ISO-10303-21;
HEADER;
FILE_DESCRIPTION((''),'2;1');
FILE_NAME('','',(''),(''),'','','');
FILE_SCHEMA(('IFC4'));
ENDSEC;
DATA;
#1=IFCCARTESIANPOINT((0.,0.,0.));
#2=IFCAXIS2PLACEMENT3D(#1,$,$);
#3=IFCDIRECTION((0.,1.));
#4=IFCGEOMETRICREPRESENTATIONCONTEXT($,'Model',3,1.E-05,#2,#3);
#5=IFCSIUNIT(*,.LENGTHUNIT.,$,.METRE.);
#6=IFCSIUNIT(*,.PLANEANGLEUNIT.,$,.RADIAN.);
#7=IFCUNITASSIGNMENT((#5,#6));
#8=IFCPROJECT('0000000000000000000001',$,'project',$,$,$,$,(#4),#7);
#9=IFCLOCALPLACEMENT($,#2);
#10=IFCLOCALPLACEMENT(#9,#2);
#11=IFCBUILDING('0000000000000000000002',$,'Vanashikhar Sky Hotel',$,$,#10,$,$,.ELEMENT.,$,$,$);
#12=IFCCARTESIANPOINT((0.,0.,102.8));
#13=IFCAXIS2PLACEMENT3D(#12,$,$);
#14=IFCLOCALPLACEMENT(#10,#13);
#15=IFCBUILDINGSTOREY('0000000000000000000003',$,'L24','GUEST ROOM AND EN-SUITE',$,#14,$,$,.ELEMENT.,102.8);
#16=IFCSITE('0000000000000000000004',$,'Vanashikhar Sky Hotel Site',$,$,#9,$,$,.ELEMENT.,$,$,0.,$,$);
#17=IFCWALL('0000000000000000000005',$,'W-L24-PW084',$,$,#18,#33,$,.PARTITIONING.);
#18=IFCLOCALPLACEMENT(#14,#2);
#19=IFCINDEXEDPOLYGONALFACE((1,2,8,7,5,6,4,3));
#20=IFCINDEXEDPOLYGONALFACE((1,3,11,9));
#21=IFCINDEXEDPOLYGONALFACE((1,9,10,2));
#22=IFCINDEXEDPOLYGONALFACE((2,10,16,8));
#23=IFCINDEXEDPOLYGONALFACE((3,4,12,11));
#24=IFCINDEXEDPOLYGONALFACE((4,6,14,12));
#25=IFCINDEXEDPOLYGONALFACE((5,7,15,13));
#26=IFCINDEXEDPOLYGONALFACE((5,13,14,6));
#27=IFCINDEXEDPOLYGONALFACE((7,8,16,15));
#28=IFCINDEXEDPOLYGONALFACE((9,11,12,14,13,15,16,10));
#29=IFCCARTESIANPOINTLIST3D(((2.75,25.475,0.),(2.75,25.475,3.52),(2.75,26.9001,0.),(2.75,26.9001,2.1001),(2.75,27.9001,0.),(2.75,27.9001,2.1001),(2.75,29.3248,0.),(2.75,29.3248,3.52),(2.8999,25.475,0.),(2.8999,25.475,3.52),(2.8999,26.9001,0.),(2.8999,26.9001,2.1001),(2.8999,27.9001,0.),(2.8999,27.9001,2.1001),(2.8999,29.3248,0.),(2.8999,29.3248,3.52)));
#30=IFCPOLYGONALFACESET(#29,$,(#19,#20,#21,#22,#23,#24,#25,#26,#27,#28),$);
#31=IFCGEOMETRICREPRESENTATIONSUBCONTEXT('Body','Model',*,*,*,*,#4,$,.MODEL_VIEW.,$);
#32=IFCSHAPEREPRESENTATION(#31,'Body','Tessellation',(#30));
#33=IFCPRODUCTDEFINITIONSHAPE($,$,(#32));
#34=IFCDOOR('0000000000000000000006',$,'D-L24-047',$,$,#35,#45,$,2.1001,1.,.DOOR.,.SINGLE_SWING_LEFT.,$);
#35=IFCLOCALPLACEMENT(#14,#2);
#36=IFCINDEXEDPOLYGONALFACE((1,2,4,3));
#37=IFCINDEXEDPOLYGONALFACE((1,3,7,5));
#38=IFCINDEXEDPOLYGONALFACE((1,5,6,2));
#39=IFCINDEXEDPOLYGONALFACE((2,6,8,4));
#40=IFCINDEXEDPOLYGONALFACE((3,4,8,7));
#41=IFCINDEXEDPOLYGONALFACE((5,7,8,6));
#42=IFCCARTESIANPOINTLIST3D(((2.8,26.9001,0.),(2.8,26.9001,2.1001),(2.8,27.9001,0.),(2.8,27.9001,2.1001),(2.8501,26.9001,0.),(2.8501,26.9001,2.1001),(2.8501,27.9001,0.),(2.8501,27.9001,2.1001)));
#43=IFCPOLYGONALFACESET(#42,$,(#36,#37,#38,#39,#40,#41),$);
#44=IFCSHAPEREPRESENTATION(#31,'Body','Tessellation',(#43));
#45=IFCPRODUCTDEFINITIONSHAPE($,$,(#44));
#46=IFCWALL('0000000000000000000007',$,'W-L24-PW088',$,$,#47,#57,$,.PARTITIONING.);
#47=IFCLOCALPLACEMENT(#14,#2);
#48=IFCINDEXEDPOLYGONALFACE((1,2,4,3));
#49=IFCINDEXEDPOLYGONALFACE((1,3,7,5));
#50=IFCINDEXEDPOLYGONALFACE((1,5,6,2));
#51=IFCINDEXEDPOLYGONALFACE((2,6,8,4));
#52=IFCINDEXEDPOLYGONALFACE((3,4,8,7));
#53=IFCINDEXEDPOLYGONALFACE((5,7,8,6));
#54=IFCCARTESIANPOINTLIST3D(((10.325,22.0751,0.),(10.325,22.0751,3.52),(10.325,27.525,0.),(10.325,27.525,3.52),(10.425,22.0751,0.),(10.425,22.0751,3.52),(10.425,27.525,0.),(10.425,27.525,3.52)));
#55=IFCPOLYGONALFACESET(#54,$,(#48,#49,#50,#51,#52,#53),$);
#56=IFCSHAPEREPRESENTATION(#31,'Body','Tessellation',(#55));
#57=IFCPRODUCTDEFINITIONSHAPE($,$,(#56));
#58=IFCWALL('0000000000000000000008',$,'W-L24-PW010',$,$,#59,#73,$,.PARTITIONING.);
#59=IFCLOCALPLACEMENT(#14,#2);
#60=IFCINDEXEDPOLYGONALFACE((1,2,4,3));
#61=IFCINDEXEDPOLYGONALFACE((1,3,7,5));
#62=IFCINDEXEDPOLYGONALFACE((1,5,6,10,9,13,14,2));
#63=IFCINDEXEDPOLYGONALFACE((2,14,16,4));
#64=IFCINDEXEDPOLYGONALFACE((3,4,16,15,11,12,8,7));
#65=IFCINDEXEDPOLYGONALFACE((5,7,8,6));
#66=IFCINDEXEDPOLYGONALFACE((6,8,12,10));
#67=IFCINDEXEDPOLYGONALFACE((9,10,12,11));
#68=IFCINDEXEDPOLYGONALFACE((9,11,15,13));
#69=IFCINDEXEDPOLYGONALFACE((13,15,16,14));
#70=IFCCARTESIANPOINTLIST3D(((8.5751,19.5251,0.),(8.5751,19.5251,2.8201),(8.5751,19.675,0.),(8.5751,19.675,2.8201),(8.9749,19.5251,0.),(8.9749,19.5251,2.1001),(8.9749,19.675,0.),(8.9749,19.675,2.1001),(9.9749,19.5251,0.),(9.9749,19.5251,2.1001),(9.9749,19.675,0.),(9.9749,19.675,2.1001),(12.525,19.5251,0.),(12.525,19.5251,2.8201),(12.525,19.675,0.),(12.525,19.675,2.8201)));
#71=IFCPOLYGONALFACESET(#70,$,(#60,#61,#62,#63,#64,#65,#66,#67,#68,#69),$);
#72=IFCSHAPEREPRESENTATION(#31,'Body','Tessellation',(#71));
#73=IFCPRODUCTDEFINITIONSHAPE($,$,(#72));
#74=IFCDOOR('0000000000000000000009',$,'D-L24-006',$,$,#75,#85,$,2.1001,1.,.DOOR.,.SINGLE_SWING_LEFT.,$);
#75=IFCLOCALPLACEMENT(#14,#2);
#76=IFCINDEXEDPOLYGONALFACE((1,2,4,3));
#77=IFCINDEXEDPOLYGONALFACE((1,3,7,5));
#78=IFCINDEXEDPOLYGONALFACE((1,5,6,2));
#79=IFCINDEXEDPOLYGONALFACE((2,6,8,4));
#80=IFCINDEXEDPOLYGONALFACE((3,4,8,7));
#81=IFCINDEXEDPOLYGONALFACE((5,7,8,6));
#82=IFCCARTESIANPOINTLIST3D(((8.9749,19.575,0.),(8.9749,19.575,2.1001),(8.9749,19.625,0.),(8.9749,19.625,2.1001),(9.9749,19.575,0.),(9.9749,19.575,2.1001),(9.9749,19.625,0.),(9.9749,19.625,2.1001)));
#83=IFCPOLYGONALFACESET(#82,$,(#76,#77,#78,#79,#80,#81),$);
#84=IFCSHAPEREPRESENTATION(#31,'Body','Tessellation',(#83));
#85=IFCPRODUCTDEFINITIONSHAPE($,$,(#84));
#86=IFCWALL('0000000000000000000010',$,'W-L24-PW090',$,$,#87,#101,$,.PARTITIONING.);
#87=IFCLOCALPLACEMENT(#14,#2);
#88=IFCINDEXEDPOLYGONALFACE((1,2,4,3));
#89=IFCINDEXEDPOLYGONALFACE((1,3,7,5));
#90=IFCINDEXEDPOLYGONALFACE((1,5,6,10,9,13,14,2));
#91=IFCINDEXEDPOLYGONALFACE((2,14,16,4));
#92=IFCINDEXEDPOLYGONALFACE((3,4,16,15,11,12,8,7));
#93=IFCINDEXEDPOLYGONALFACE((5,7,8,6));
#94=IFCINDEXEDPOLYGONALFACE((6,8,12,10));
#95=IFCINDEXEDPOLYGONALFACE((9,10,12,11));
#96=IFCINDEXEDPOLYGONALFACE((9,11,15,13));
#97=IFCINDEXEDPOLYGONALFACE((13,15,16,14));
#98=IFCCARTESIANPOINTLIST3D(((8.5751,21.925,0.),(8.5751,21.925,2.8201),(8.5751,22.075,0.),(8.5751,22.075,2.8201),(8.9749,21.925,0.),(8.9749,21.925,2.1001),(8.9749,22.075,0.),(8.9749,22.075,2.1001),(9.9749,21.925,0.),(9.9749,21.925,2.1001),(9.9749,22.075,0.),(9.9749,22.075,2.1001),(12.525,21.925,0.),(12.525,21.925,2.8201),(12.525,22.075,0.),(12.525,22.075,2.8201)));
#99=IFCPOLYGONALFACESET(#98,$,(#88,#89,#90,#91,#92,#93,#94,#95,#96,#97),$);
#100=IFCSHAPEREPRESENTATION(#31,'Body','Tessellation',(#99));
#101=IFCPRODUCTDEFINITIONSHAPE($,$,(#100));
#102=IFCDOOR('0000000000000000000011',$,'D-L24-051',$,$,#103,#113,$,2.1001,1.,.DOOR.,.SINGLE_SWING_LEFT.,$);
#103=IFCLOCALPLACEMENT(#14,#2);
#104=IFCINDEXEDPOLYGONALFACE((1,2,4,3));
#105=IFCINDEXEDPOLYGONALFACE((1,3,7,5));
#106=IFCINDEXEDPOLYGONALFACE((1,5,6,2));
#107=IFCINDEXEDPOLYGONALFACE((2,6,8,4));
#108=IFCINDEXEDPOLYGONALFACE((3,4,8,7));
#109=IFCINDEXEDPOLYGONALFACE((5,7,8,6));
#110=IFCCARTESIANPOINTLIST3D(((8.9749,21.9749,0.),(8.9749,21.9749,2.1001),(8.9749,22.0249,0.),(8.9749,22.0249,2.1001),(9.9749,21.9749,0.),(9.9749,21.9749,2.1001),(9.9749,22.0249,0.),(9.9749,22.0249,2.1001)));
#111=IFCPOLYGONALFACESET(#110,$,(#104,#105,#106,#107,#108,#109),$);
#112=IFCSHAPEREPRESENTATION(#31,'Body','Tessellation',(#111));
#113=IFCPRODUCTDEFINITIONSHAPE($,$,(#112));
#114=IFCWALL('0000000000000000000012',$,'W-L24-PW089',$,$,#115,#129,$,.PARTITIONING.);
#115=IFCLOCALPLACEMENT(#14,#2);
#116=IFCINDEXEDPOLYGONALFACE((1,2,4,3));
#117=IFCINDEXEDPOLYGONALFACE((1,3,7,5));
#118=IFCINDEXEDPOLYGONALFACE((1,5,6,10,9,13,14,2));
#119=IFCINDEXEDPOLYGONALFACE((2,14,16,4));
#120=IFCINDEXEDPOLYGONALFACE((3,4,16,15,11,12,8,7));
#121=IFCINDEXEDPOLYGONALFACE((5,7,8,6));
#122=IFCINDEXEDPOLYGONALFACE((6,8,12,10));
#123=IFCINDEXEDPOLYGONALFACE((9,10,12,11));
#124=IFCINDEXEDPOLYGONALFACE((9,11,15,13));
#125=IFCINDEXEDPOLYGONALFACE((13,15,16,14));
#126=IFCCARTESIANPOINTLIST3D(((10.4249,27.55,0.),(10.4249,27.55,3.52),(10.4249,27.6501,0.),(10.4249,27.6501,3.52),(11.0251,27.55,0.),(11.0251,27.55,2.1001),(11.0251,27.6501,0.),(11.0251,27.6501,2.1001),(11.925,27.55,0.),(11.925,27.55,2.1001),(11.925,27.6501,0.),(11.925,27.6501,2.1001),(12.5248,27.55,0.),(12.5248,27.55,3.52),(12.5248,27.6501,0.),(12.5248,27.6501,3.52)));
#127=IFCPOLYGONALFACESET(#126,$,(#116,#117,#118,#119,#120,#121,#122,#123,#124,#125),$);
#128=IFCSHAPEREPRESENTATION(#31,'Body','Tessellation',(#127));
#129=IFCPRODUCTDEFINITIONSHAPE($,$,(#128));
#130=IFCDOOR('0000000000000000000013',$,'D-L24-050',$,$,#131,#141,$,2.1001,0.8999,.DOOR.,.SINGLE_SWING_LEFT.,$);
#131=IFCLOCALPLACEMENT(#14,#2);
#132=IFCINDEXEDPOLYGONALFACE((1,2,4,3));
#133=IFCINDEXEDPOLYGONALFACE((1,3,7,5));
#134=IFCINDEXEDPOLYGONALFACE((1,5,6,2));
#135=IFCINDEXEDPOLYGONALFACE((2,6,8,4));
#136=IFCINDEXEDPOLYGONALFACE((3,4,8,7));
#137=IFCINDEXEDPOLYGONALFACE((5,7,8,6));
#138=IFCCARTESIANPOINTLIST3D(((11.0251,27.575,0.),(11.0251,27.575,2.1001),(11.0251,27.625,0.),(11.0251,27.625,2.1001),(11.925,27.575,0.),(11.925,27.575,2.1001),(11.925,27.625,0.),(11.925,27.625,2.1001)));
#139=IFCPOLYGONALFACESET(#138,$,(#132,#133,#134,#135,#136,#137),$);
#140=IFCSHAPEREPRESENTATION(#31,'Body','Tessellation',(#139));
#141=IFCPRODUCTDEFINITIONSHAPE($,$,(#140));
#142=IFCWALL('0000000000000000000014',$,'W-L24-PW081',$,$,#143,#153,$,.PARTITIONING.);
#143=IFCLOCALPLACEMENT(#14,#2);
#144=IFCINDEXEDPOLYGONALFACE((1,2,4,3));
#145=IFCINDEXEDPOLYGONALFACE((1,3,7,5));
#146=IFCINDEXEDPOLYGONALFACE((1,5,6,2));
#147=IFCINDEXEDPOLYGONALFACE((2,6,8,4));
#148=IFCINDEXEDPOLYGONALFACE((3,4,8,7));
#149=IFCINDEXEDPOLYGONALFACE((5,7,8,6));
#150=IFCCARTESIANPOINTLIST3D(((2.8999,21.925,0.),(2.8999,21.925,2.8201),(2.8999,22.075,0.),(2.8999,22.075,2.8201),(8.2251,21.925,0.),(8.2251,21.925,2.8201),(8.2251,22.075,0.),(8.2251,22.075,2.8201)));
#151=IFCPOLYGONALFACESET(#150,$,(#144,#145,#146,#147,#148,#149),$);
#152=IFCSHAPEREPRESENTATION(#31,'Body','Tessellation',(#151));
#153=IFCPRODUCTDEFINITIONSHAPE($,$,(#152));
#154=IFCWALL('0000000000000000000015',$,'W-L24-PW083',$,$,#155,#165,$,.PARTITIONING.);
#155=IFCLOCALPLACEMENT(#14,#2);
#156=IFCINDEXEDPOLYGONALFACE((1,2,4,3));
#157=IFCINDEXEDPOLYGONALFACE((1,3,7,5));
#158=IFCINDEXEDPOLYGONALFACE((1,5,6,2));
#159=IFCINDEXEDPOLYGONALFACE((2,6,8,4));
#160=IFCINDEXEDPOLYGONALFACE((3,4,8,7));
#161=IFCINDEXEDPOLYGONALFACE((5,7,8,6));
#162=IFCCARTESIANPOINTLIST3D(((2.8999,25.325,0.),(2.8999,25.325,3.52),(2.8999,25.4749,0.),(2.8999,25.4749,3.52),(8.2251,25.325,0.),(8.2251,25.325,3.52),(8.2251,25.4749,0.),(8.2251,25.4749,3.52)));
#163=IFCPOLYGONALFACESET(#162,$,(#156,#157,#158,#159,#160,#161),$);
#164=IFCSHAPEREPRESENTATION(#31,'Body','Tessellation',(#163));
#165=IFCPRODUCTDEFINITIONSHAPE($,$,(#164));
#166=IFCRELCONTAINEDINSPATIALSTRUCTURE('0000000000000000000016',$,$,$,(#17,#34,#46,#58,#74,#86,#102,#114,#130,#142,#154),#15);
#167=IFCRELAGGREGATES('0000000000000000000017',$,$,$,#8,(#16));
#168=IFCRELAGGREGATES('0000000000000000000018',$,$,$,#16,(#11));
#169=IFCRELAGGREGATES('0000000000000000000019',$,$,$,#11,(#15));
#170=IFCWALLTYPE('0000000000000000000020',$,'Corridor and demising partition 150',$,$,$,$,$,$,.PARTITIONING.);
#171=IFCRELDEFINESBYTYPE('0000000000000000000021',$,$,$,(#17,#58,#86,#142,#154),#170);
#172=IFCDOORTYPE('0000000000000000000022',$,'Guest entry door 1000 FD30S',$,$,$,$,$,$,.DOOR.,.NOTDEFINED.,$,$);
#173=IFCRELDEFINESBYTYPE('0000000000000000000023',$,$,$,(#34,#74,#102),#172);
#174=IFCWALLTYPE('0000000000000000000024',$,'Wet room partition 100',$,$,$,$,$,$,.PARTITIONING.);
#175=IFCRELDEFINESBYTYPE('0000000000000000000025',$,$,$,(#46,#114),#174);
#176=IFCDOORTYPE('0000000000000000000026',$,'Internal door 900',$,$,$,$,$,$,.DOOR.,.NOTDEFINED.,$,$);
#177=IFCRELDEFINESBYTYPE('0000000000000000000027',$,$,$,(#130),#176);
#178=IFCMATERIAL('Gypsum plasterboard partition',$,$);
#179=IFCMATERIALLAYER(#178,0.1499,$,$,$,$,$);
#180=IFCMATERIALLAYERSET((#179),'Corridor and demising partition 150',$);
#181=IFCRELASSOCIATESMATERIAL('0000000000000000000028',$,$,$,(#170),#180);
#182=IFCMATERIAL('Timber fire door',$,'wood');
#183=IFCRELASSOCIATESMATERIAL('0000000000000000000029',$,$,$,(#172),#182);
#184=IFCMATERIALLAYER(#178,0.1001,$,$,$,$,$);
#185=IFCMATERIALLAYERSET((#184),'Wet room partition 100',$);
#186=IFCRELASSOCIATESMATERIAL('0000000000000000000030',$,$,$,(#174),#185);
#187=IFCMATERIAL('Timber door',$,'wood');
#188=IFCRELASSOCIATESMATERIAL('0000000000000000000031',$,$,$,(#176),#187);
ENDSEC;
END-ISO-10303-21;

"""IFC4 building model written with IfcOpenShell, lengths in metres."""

from ifc_helpers import new_model, si_unit, direction, frame, frame_2d, origin, place, context, subcontext, project, spatial, rectangle, extrude, source, transform, mapped, material, layer, layer_set, type_object, element, fill, save


model = new_model("IFC4")

# Units and contexts
model_context = context("Model", 3, precision=1e-05, world=origin(), true_north=direction((0.0, 1.0)))
body_context = subcontext(model_context, "Body", "Model", "MODEL_VIEW")
ifc_project = project(units=[si_unit("LENGTHUNIT", "METRE"), si_unit("PLANEANGLEUNIT", "RADIAN")], contexts=[model_context])

# Site, building, storey
site_placement = place(None, origin())
site = spatial("IfcSite", under=ifc_project, at=site_placement, Name="Vanashikhar Sky Hotel Site", CompositionType="ELEMENT", RefElevation=0.0)
building_placement = place(site_placement, origin())
building = spatial("IfcBuilding", under=site, at=building_placement, Name="Vanashikhar Sky Hotel", CompositionType="ELEMENT")
storey_placement = place(building_placement, frame((0.0, 0.0, 102.8)))
storey = spatial("IfcBuildingStorey", under=building, at=storey_placement, Name="L24", Description="GUEST ROOM AND EN-SUITE", CompositionType="ELEMENT", Elevation=102.8)

# Wall, opening, door
ifc_material_1 = material(Name="Gypsum plasterboard partition")
ifc_layer_1 = layer(ifc_material_1, 0.1499)
ifc_layer_set_1 = layer_set([ifc_layer_1], Name="Corridor and demising partition 150")
wall_type_1 = type_object("IfcWallType", Name="Corridor and demising partition 150", PredefinedType="PARTITIONING", material=ifc_layer_set_1)
shared_shape_1 = source(origin(), body_context, "Body", "SweptSolid", [
    extrude(rectangle(XDim=1.0, YDim=2.1001, at=frame_2d((0.5, 1.05))), frame((0.0, 0.085, 0.0), z_axis=(0.0, -1.0, 0.0), x_axis=(1.0, 0.0, 0.0)), (0.0, 0.0, 1.0), 0.1699),
])
ifc_material_2 = material(Name="Timber fire door", Category="wood")
door_type_1 = type_object("IfcDoorType", Name="Guest entry door 1000 FD30S", OperationType="NOTDEFINED", PredefinedType="DOOR", material=ifc_material_2)
shared_shape_2 = source(origin(), body_context, "Body", "SweptSolid", [
    extrude(rectangle(XDim=1.0, YDim=2.1001, at=frame_2d((0.5, 1.05))), frame((0.0, 0.0249, 0.0), z_axis=(0.0, -1.0, 0.0), x_axis=(1.0, 0.0, 0.0)), (0.0, 0.0, 1.0), 0.05),
])
shared_shape_3 = source(origin(), body_context, "Body", "SweptSolid", [
    extrude(rectangle(XDim=3.8499, YDim=0.1499, at=frame_2d((1.9248, 0.0))), origin(), (0.0, 0.0, 1.0), 3.52),
])
wall_1_placement = place(storey_placement, frame((2.825, 25.4751, 0.0), z_axis=(0.0, 0.0, 1.0), x_axis=(0.0, 1.0, 0.0)))
wall_1 = element("IfcWall", 1, at=wall_1_placement, inside=storey, type_object=wall_type_1, Name="W-L24-PW084", PredefinedType="PARTITIONING", context=body_context, shape_type="MappedRepresentation", body=[
    mapped(shared_shape_3, transform((0.0, 0.0, 0.0), scale=1.0)),
])
opening_1_placement = place(wall_1_placement, frame((1.425, 0.0, 0.0)))
opening_1 = element("IfcOpeningElement", 2, at=opening_1_placement, cuts=wall_1, PredefinedType="OPENING", context=body_context, shape_type="MappedRepresentation", body=[
    mapped(shared_shape_1, transform((0.0, 0.0, 0.0), scale=1.0)),
])
door_1_placement = place(opening_1_placement, origin())
door_1 = element("IfcDoor", 3, at=door_1_placement, inside=storey, type_object=door_type_1, Name="D-L24-047", OperationType="SINGLE_SWING_LEFT", OverallHeight=2.1001, OverallWidth=1.0, PredefinedType="DOOR", context=body_context, shape_type="MappedRepresentation", body=[
    mapped(shared_shape_2, transform((0.0, 0.0, 0.0), scale=1.0)),
])
fill(opening_1, door_1)

# Wall
ifc_layer_2 = layer(ifc_material_1, 0.1001)
ifc_layer_set_2 = layer_set([ifc_layer_2], Name="Wet room partition 100")
wall_type_2 = type_object("IfcWallType", Name="Wet room partition 100", PredefinedType="PARTITIONING", material=ifc_layer_set_2)
shared_shape_4 = source(origin(), body_context, "Body", "SweptSolid", [
    extrude(rectangle(XDim=5.45, YDim=0.1001, at=frame_2d((2.7251, 0.0))), origin(), (0.0, 0.0, 1.0), 3.52),
])
wall_2_placement = place(storey_placement, frame((10.375, 22.075, 0.0), z_axis=(0.0, 0.0, 1.0), x_axis=(0.0, 1.0, 0.0)))
element("IfcWall", 4, at=wall_2_placement, inside=storey, type_object=wall_type_2, Name="W-L24-PW088", PredefinedType="PARTITIONING", context=body_context, shape_type="MappedRepresentation", body=[
    mapped(shared_shape_4, transform((0.0, 0.0, 0.0), scale=1.0)),
])

# Walls, openings, doors
shared_shape_5 = source(origin(), body_context, "Body", "SweptSolid", [
    extrude(rectangle(XDim=3.95, YDim=0.1499, at=frame_2d((1.9751, 0.0))), origin(), (0.0, 0.0, 1.0), 2.8201),
])
wall_3_placement = place(storey_placement, frame((8.575, 19.6001, 0.0), z_axis=(0.0, 0.0, 1.0), x_axis=(1.0, 0.0, 0.0)))
wall_3 = element("IfcWall", 5, at=wall_3_placement, inside=storey, type_object=wall_type_1, Name="W-L24-PW010", PredefinedType="PARTITIONING", context=body_context, shape_type="MappedRepresentation", body=[
    mapped(shared_shape_5, transform((0.0, 0.0, 0.0), scale=1.0)),
])
opening_2_placement = place(wall_3_placement, frame((0.3999, 0.0, 0.0)))
opening_2 = element("IfcOpeningElement", 6, at=opening_2_placement, cuts=wall_3, PredefinedType="OPENING", context=body_context, shape_type="MappedRepresentation", body=[
    mapped(shared_shape_1, transform((0.0, 0.0, 0.0), scale=1.0)),
])
door_2_placement = place(opening_2_placement, origin())
door_2 = element("IfcDoor", 7, at=door_2_placement, inside=storey, type_object=door_type_1, Name="D-L24-006", OperationType="SINGLE_SWING_LEFT", OverallHeight=2.1001, OverallWidth=1.0, PredefinedType="DOOR", context=body_context, shape_type="MappedRepresentation", body=[
    mapped(shared_shape_2, transform((0.0, 0.0, 0.0), scale=1.0)),
])
fill(opening_2, door_2)
wall_4_placement = place(storey_placement, frame((8.575, 22.0, 0.0), z_axis=(0.0, 0.0, 1.0), x_axis=(1.0, 0.0, 0.0)))
wall_4 = element("IfcWall", 8, at=wall_4_placement, inside=storey, type_object=wall_type_1, Name="W-L24-PW090", PredefinedType="PARTITIONING", context=body_context, shape_type="MappedRepresentation", body=[
    mapped(shared_shape_5, transform((0.0, 0.0, 0.0), scale=1.0)),
])
opening_3_placement = place(wall_4_placement, frame((0.3999, 0.0, 0.0)))
opening_3 = element("IfcOpeningElement", 9, at=opening_3_placement, cuts=wall_4, PredefinedType="OPENING", context=body_context, shape_type="MappedRepresentation", body=[
    mapped(shared_shape_1, transform((0.0, 0.0, 0.0), scale=1.0)),
])
door_3_placement = place(opening_3_placement, origin())
door_3 = element("IfcDoor", 10, at=door_3_placement, inside=storey, type_object=door_type_1, Name="D-L24-051", OperationType="SINGLE_SWING_LEFT", OverallHeight=2.1001, OverallWidth=1.0, PredefinedType="DOOR", context=body_context, shape_type="MappedRepresentation", body=[
    mapped(shared_shape_2, transform((0.0, 0.0, 0.0), scale=1.0)),
])
fill(opening_3, door_3)
shared_shape_6 = source(origin(), body_context, "Body", "SweptSolid", [
    extrude(rectangle(XDim=2.0999, YDim=0.1001, at=frame_2d((1.0498, 0.0))), origin(), (0.0, 0.0, 1.0), 3.52),
])
wall_5_placement = place(storey_placement, frame((10.425, 27.6001, 0.0), z_axis=(0.0, 0.0, 1.0), x_axis=(1.0, 0.0, 0.0)))
wall_5 = element("IfcWall", 11, at=wall_5_placement, inside=storey, type_object=wall_type_2, Name="W-L24-PW089", PredefinedType="PARTITIONING", context=body_context, shape_type="MappedRepresentation", body=[
    mapped(shared_shape_6, transform((0.0, 0.0, 0.0), scale=1.0)),
])
shared_shape_7 = source(origin(), body_context, "Body", "SweptSolid", [
    extrude(rectangle(XDim=0.8999, YDim=2.1001, at=frame_2d((0.45, 1.05))), frame((0.0, 0.0601, 0.0), z_axis=(0.0, -1.0, 0.0), x_axis=(1.0, 0.0, 0.0)), (0.0, 0.0, 1.0), 0.1201),
])
opening_4_placement = place(wall_5_placement, frame((0.6001, 0.0, 0.0)))
opening_4 = element("IfcOpeningElement", 12, at=opening_4_placement, cuts=wall_5, PredefinedType="OPENING", context=body_context, shape_type="MappedRepresentation", body=[
    mapped(shared_shape_7, transform((0.0, 0.0, 0.0), scale=1.0)),
])
ifc_material_3 = material(Name="Timber door", Category="wood")
door_type_2 = type_object("IfcDoorType", Name="Internal door 900", OperationType="NOTDEFINED", PredefinedType="DOOR", material=ifc_material_3)
shared_shape_8 = source(origin(), body_context, "Body", "SweptSolid", [
    extrude(rectangle(XDim=0.8999, YDim=2.1001, at=frame_2d((0.45, 1.05))), frame((0.0, 0.0249, 0.0), z_axis=(0.0, -1.0, 0.0), x_axis=(1.0, 0.0, 0.0)), (0.0, 0.0, 1.0), 0.05),
])
door_4_placement = place(opening_4_placement, origin())
door_4 = element("IfcDoor", 13, at=door_4_placement, inside=storey, type_object=door_type_2, Name="D-L24-050", OperationType="SINGLE_SWING_LEFT", OverallHeight=2.1001, OverallWidth=0.8999, PredefinedType="DOOR", context=body_context, shape_type="MappedRepresentation", body=[
    mapped(shared_shape_8, transform((0.0, 0.0, 0.0), scale=1.0)),
])
fill(opening_4, door_4)

# Walls
shared_shape_9 = source(origin(), body_context, "Body", "SweptSolid", [
    extrude(rectangle(XDim=5.3252, YDim=0.1499, at=frame_2d((2.6626, 0.0))), origin(), (0.0, 0.0, 1.0), 2.8201),
])
wall_6_placement = place(storey_placement, frame((2.8999, 22.0, 0.0), z_axis=(0.0, 0.0, 1.0), x_axis=(1.0, 0.0, 0.0)))
element("IfcWall", 14, at=wall_6_placement, inside=storey, type_object=wall_type_1, Name="W-L24-PW081", PredefinedType="PARTITIONING", context=body_context, shape_type="MappedRepresentation", body=[
    mapped(shared_shape_9, transform((0.0, 0.0, 0.0), scale=1.0)),
])
shared_shape_10 = source(origin(), body_context, "Body", "SweptSolid", [
    extrude(rectangle(XDim=5.3252, YDim=0.1499, at=frame_2d((2.6626, 0.0))), origin(), (0.0, 0.0, 1.0), 3.52),
])
wall_7_placement = place(storey_placement, frame((2.8999, 25.3999, 0.0), z_axis=(0.0, 0.0, 1.0), x_axis=(1.0, 0.0, 0.0)))
element("IfcWall", 15, at=wall_7_placement, inside=storey, type_object=wall_type_1, Name="W-L24-PW083", PredefinedType="PARTITIONING", context=body_context, shape_type="MappedRepresentation", body=[
    mapped(shared_shape_10, transform((0.0, 0.0, 0.0), scale=1.0)),
])

save(model, "model.ifc")
